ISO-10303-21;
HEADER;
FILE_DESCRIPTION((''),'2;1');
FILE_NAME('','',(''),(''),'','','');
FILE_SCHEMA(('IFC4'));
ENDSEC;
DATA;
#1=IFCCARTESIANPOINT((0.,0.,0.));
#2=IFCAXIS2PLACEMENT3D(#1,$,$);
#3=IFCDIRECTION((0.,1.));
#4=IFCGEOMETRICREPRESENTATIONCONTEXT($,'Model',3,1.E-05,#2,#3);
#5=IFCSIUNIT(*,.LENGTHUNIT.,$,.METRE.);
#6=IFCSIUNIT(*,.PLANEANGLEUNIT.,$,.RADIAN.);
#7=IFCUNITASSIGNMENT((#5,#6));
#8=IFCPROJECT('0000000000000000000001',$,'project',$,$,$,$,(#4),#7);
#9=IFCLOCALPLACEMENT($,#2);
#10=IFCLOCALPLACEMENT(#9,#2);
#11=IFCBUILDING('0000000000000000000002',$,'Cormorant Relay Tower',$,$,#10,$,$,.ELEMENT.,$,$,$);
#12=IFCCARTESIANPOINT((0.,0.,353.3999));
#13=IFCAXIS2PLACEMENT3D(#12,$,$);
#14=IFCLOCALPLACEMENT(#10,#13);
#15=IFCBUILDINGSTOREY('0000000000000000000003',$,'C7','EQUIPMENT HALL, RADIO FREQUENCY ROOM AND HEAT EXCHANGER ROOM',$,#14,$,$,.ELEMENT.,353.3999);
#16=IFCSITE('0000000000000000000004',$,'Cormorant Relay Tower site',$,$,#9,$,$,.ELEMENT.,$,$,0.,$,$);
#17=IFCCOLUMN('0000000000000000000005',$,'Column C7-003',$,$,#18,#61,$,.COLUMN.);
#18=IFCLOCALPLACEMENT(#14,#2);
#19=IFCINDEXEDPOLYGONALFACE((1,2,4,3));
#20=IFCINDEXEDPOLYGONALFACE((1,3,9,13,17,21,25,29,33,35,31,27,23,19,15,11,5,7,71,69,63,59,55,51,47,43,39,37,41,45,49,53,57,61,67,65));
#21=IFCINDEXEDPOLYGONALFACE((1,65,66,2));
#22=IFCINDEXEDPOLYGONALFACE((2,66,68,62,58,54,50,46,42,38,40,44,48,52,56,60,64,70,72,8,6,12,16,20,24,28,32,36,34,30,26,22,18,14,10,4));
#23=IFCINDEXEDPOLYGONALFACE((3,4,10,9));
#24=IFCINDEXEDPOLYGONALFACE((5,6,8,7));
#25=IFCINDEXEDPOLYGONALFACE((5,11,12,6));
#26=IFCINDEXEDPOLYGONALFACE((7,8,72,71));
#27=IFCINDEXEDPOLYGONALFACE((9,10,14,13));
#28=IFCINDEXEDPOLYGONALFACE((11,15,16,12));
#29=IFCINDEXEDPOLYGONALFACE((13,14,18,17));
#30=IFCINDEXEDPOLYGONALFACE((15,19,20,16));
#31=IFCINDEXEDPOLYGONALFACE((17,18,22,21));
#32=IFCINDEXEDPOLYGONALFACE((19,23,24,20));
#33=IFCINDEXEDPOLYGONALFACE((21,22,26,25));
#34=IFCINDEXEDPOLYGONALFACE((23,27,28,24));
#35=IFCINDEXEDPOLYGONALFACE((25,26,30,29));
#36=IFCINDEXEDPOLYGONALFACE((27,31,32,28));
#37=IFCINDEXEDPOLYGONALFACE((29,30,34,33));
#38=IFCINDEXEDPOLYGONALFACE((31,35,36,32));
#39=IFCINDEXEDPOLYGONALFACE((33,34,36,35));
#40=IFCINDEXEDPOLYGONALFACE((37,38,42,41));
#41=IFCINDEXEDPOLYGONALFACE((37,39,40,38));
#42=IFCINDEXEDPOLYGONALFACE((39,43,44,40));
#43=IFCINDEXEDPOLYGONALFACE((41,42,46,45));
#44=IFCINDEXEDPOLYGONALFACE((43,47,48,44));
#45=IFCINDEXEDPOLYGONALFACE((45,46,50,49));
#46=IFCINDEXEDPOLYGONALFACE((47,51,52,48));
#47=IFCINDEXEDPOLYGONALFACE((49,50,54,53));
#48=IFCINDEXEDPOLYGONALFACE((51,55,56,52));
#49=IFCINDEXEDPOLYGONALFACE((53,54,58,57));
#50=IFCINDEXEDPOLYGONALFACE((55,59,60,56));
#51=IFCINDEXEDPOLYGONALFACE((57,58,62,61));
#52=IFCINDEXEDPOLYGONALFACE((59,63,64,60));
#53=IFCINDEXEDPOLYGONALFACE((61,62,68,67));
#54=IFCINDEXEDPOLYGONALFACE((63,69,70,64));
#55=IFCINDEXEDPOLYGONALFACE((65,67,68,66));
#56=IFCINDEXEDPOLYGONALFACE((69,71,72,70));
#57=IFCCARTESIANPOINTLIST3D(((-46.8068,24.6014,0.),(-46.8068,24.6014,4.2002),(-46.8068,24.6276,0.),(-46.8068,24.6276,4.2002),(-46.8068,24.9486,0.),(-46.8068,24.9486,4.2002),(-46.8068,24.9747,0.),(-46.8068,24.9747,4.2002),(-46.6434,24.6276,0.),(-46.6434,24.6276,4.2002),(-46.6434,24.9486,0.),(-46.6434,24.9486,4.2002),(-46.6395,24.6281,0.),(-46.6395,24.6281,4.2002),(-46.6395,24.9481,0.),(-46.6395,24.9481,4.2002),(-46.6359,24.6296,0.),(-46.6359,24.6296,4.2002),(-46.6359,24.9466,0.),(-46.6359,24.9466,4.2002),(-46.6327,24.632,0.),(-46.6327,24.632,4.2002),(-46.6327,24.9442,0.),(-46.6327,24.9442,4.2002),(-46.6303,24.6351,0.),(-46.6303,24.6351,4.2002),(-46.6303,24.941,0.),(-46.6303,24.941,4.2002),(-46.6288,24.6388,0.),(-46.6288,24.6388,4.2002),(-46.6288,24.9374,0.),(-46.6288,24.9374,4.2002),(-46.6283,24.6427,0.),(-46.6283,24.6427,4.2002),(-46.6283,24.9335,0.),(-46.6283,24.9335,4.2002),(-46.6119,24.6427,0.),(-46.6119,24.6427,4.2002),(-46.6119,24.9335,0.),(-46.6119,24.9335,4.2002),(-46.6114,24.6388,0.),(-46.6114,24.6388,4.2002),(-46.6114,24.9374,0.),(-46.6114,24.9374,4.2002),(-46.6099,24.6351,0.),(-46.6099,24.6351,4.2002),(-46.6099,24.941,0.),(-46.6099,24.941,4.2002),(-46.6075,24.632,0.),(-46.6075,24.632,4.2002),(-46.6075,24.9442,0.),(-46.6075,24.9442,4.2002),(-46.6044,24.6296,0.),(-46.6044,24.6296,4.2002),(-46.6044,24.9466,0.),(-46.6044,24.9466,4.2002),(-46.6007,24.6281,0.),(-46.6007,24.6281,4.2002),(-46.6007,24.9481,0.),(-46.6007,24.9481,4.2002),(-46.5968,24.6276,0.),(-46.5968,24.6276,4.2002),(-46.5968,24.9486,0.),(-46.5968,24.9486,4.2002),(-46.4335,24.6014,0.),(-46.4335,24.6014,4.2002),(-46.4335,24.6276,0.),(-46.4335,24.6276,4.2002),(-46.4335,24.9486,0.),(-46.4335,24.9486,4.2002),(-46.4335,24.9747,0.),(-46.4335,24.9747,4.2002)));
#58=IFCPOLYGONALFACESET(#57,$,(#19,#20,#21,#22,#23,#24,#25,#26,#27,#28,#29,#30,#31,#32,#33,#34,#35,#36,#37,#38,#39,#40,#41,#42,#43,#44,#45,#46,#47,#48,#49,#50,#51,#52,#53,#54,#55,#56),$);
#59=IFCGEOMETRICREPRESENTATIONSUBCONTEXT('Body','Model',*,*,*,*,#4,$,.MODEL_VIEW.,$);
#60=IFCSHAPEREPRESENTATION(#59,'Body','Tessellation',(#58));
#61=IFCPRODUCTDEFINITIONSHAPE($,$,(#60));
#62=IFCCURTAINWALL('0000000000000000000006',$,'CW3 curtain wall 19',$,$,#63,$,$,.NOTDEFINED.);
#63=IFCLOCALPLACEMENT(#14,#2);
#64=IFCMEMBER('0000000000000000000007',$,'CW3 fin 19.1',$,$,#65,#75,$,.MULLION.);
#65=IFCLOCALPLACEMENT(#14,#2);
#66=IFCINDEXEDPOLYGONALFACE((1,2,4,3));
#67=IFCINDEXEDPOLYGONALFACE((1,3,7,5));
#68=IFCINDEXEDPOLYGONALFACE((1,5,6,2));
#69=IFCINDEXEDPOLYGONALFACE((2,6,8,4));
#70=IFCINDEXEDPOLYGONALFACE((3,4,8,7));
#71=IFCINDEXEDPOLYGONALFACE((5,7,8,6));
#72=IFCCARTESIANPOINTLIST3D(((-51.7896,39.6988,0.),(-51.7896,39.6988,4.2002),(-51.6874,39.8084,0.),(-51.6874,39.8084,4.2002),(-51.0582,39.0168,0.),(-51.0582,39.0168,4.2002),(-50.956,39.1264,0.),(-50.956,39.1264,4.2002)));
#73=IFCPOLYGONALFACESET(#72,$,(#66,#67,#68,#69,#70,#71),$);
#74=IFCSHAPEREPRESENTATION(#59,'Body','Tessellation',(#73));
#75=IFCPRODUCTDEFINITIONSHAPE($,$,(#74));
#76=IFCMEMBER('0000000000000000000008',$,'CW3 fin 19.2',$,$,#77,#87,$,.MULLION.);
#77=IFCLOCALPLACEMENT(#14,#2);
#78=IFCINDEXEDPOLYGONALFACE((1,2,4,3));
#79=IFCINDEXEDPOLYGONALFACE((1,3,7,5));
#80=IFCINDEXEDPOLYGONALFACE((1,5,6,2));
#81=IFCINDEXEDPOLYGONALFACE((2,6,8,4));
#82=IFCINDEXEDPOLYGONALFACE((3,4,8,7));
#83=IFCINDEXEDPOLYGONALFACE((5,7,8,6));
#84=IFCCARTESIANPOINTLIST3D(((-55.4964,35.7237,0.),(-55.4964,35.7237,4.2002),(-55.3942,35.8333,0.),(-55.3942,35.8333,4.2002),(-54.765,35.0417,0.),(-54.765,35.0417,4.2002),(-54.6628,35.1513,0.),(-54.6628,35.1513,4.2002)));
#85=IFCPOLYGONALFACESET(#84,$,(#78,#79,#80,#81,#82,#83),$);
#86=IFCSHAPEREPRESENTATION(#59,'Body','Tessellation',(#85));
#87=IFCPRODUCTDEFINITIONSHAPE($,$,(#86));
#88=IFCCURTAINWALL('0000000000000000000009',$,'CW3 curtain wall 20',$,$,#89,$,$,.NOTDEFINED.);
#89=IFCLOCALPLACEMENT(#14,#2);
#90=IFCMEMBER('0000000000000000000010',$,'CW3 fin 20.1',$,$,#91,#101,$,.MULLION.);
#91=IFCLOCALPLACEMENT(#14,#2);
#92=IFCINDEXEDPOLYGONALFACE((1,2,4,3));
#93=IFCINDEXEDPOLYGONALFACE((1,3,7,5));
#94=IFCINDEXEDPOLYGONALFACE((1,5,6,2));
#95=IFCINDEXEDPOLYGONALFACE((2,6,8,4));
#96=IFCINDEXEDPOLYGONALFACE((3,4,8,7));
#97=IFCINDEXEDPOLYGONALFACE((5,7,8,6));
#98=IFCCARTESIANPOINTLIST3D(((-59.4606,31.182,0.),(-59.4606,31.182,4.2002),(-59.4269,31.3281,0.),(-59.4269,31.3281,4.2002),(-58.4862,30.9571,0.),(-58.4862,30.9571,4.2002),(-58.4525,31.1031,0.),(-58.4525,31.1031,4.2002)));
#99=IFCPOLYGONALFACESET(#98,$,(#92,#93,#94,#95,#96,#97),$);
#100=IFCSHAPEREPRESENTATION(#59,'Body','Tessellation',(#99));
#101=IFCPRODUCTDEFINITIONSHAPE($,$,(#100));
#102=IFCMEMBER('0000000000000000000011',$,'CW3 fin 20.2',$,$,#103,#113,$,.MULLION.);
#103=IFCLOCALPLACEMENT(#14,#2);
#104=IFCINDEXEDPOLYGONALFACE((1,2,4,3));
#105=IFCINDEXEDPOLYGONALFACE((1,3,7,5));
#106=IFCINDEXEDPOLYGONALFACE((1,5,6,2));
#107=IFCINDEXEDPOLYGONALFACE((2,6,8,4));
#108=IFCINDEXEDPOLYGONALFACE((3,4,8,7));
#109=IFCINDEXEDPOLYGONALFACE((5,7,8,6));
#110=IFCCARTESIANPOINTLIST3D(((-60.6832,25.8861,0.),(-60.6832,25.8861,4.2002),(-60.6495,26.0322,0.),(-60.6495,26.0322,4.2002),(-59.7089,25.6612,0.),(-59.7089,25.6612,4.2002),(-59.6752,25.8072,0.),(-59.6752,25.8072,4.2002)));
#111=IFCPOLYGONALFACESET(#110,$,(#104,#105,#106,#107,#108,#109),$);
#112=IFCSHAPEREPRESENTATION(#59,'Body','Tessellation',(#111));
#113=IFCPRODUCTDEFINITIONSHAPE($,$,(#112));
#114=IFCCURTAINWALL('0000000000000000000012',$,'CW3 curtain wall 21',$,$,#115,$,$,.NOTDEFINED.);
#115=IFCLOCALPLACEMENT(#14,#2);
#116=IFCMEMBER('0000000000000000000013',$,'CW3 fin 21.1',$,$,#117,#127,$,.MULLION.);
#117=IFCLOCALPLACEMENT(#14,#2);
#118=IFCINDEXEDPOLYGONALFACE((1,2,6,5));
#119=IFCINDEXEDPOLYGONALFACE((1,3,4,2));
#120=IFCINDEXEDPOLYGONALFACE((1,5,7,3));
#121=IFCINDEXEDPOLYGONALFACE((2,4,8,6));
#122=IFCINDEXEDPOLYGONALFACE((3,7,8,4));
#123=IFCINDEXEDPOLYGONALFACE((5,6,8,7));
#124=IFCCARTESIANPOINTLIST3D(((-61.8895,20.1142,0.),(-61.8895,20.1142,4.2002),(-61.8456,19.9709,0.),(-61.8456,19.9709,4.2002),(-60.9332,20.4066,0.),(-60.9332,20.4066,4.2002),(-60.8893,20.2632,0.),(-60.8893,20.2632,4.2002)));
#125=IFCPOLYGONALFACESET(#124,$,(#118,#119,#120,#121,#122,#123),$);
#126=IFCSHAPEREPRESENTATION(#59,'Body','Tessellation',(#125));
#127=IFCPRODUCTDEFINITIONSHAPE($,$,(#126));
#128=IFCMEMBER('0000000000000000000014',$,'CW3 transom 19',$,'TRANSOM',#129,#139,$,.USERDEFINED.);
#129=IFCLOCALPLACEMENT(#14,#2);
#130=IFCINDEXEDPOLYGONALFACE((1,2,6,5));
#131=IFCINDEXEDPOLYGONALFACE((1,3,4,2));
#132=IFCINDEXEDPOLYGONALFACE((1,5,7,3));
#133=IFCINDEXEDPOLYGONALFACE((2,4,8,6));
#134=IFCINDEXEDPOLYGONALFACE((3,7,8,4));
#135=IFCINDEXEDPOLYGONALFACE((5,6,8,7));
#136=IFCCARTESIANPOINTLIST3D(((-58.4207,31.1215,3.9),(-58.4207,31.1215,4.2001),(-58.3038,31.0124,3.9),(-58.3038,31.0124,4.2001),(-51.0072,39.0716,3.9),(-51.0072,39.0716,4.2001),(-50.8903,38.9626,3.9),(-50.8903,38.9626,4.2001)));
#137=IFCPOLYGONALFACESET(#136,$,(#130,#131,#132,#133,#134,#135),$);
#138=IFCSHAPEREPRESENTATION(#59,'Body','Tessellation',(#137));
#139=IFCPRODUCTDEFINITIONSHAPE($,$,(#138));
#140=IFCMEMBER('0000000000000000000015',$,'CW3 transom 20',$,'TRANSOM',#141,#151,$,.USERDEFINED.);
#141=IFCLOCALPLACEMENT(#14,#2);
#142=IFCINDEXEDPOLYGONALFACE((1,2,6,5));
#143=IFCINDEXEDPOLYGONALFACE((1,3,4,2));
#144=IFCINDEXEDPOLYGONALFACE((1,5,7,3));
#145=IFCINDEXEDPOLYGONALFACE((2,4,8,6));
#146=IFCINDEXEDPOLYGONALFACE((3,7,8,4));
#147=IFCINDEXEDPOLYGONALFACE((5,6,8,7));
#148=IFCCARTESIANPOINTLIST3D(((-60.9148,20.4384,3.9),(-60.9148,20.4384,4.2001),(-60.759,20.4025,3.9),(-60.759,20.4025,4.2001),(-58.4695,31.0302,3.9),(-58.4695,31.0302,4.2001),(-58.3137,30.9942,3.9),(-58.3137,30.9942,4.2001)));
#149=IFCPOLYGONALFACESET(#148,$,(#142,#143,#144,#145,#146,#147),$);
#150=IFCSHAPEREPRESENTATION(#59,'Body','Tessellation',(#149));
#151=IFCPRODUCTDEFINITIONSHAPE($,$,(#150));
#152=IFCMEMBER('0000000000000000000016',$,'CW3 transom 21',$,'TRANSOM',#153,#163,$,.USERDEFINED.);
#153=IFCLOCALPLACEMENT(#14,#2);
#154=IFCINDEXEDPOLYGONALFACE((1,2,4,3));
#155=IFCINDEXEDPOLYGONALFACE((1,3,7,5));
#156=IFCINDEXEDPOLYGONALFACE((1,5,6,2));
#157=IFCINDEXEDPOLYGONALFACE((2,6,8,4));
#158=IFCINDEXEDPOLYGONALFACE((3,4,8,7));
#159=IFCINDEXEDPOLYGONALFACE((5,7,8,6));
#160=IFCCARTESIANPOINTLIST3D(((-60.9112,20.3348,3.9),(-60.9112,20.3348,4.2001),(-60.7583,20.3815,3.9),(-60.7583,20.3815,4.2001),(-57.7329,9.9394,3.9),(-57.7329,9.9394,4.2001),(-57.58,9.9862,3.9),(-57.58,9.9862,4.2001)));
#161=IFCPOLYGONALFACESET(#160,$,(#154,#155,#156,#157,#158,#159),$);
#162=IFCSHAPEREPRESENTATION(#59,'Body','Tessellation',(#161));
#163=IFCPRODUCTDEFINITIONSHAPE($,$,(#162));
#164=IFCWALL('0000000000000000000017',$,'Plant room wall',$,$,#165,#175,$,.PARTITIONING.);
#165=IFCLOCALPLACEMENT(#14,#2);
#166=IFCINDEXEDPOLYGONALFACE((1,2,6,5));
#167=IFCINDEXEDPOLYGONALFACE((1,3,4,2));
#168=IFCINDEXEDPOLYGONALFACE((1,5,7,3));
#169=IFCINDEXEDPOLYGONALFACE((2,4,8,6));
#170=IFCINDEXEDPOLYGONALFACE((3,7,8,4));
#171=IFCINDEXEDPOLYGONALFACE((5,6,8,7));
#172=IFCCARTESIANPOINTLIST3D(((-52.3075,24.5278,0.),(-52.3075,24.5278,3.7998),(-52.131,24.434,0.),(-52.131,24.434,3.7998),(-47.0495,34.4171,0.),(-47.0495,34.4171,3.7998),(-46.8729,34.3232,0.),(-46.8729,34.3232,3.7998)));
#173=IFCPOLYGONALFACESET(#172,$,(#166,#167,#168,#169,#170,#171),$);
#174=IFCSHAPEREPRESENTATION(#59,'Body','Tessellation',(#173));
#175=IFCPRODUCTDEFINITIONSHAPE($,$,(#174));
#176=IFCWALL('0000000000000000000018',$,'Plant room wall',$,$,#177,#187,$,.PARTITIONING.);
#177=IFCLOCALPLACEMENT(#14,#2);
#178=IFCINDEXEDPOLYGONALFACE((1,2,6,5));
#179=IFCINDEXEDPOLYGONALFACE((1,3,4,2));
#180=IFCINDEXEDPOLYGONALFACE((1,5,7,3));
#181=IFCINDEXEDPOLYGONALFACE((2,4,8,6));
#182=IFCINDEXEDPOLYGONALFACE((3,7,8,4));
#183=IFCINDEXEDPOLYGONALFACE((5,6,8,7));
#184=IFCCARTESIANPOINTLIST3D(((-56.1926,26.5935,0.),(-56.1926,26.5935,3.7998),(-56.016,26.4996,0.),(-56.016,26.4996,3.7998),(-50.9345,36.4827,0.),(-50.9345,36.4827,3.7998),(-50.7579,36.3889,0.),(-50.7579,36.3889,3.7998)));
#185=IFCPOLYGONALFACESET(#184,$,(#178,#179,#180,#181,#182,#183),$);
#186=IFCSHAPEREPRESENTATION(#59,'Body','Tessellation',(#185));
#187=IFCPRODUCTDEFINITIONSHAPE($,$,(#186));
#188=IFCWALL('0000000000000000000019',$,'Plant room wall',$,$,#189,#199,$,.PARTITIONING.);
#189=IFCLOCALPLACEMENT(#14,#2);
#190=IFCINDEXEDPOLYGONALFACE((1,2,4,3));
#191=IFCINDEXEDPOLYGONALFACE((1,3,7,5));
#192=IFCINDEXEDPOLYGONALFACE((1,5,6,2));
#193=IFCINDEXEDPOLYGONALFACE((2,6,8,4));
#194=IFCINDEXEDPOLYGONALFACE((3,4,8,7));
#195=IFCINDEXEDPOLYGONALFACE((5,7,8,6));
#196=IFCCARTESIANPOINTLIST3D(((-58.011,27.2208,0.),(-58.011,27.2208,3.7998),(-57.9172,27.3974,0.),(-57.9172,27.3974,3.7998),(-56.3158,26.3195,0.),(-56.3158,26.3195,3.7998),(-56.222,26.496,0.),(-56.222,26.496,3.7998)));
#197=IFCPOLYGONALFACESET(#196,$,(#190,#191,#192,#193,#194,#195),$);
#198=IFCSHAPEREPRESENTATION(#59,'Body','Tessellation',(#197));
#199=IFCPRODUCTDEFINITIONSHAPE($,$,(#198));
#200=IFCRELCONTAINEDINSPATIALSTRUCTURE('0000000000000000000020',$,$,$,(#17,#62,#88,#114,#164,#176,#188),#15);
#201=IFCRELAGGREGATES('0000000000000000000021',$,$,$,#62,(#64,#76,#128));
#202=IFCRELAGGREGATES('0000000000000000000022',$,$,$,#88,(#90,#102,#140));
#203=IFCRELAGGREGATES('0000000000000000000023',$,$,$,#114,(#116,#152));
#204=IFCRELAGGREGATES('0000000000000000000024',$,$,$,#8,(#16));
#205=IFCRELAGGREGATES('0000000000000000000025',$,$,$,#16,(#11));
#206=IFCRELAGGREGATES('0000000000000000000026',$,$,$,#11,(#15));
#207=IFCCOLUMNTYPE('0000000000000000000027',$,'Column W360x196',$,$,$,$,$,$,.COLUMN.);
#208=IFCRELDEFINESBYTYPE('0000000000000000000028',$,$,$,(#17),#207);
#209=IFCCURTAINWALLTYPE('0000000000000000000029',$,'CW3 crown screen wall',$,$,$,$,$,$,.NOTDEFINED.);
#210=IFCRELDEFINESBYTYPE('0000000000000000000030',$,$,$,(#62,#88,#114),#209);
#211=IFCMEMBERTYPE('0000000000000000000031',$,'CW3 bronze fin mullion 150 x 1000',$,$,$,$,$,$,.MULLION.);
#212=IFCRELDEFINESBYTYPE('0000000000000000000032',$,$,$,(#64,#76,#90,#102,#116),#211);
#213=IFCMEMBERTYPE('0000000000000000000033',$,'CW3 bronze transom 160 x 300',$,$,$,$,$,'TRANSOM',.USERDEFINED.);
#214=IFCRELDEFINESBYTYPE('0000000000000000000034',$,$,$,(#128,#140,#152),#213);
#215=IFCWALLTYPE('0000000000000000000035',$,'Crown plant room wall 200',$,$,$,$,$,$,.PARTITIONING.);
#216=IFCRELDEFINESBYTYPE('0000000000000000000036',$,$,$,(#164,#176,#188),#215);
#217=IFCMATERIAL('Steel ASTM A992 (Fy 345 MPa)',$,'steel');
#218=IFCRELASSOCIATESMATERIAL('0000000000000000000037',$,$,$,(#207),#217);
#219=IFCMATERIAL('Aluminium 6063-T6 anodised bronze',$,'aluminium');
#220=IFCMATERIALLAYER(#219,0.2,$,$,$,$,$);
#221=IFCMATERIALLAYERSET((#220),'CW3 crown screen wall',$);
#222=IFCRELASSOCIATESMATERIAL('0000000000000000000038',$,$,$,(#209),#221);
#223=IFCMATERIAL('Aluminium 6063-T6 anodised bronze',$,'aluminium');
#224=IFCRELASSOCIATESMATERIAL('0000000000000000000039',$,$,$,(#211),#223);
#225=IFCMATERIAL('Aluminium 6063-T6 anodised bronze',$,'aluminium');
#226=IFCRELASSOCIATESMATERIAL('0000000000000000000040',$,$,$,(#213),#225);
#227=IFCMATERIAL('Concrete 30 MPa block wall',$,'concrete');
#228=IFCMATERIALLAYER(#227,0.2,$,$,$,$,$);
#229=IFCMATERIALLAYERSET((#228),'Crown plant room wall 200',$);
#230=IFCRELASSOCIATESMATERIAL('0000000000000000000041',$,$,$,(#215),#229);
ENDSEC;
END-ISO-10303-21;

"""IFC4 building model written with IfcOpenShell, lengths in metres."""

from ifc_helpers import new_model, si_unit, direction, frame, frame_2d, origin, origin_2d, place, context, subcontext, project, spatial, rectangle, i_section, extrude, material, layer, layer_set, material_profile, profile_set, type_object, element, aggregate, save


model = new_model("IFC4")

# Units and contexts
model_context = context("Model", 3, precision=1e-05, world=origin(), true_north=direction((0.0, 1.0)))
body_context = subcontext(model_context, "Body", "Model", "MODEL_VIEW")
ifc_project = project(units=[si_unit("LENGTHUNIT", "METRE"), si_unit("PLANEANGLEUNIT", "RADIAN")], contexts=[model_context])

# Site, building, storey
site_placement = place(None, origin())
site = spatial("IfcSite", under=ifc_project, at=site_placement, Name="Cormorant Relay Tower site", CompositionType="ELEMENT", RefElevation=0.0)
building_placement = place(site_placement, origin())
building = spatial("IfcBuilding", under=site, at=building_placement, Name="Cormorant Relay Tower", CompositionType="ELEMENT")
storey_placement = place(building_placement, frame((0.0, 0.0, 353.3999)))
storey = spatial("IfcBuildingStorey", under=building, at=storey_placement, Name="C7", Description="EQUIPMENT HALL, RADIO FREQUENCY ROOM AND HEAT EXCHANGER ROOM", CompositionType="ELEMENT", Elevation=353.3999)

# Column
ifc_material_1 = material(Name="Steel ASTM A992 (Fy 345 MPa)", Category="steel")
ifc_material_profile_1 = material_profile(ifc_material_1, i_section(OverallWidth=0.3733, OverallDepth=0.3733, WebThickness=0.0164, FlangeThickness=0.0261, FilletRadius=0.0151, at=origin_2d()), Name="W360x196")
ifc_profile_set_1 = profile_set([ifc_material_profile_1], Name="Steel ASTM A992 (Fy 345 MPa)")
column_type = type_object("IfcColumnType", Name="Column W360x196", PredefinedType="COLUMN", material=ifc_profile_set_1)
column_placement = place(storey_placement, frame((-46.6201, 24.7881, 0.0), z_axis=(0.0, 0.0, 1.0), x_axis=(1.0, 0.0, 0.0)))
element("IfcColumn", 1, at=column_placement, inside=storey, type_object=column_type, Name="Column C7-003", PredefinedType="COLUMN", context=body_context, shape_type="SweptSolid", body=[
    extrude(i_section(OverallWidth=0.3733, OverallDepth=0.3733, WebThickness=0.0164, FlangeThickness=0.0261, FilletRadius=0.0151, at=origin_2d()), origin(), (0.0, 0.0, 1.0), 4.2002),
])

# Curtain walls, members
ifc_material_2 = material(Name="Aluminium 6063-T6 anodised bronze", Category="aluminium")
ifc_layer_1 = layer(ifc_material_2, 0.2)
ifc_layer_set_1 = layer_set([ifc_layer_1], Name="CW3 crown screen wall")
curtain_wall_type = type_object("IfcCurtainWallType", Name="CW3 crown screen wall", PredefinedType="NOTDEFINED", material=ifc_layer_set_1)
curtain_wall_1_placement = place(storey_placement, origin())
curtain_wall_1 = element("IfcCurtainWall", 2, at=curtain_wall_1_placement, inside=storey, type_object=curtain_wall_type, Name="CW3 curtain wall 19", PredefinedType="NOTDEFINED")
ifc_material_3 = material(Name="Aluminium 6063-T6 anodised bronze", Category="aluminium")
ifc_material_profile_2 = material_profile(ifc_material_3, rectangle(XDim=0.1499, YDim=1.0, at=origin_2d()), Name="AL 150x1000")
ifc_profile_set_2 = profile_set([ifc_material_profile_2], Name="Aluminium 6063-T6 anodised bronze")
member_type_1 = type_object("IfcMemberType", Name="CW3 bronze fin mullion 150 x 1000", PredefinedType="MULLION", material=ifc_profile_set_2)
member_1_placement = place(storey_placement, frame((-51.3728, 39.4126, 0.0), z_axis=(0.0, 0.0, 1.0), x_axis=(-0.681998, -0.731354, 0.0)))
member_1 = element("IfcMember", 3, at=member_1_placement, type_object=member_type_1, Name="CW3 fin 19.1", PredefinedType="MULLION", context=body_context, shape_type="SweptSolid", body=[
    extrude(rectangle(XDim=0.1499, YDim=1.0, at=origin_2d()), origin(), (0.0, 0.0, 1.0), 4.2002),
])
member_2_placement = place(storey_placement, frame((-55.0796, 35.4375, 0.0), z_axis=(0.0, 0.0, 1.0), x_axis=(-0.681998, -0.731354, 0.0)))
member_2 = element("IfcMember", 4, at=member_2_placement, type_object=member_type_1, Name="CW3 fin 19.2", PredefinedType="MULLION", context=body_context, shape_type="SweptSolid", body=[
    extrude(rectangle(XDim=0.1499, YDim=1.0, at=origin_2d()), origin(), (0.0, 0.0, 1.0), 4.2002),
])
curtain_wall_2_placement = place(storey_placement, origin())
curtain_wall_2 = element("IfcCurtainWall", 5, at=curtain_wall_2_placement, inside=storey, type_object=curtain_wall_type, Name="CW3 curtain wall 20", PredefinedType="NOTDEFINED")
member_3_placement = place(storey_placement, frame((-58.9565, 31.1426, 0.0), z_axis=(0.0, 0.0, 1.0), x_axis=(-0.224951, -0.97437, 0.0)))
member_3 = element("IfcMember", 6, at=member_3_placement, type_object=member_type_1, Name="CW3 fin 20.1", PredefinedType="MULLION", context=body_context, shape_type="SweptSolid", body=[
    extrude(rectangle(XDim=0.1499, YDim=1.0, at=origin_2d()), origin(), (0.0, 0.0, 1.0), 4.2002),
])
member_4_placement = place(storey_placement, frame((-60.1792, 25.8467, 0.0), z_axis=(0.0, 0.0, 1.0), x_axis=(-0.224951, -0.97437, 0.0)))
member_4 = element("IfcMember", 7, at=member_4_placement, type_object=member_type_1, Name="CW3 fin 20.2", PredefinedType="MULLION", context=body_context, shape_type="SweptSolid", body=[
    extrude(rectangle(XDim=0.1499, YDim=1.0, at=origin_2d()), origin(), (0.0, 0.0, 1.0), 4.2002),
])

# Curtain wall, member
curtain_wall_3_placement = place(storey_placement, origin())
curtain_wall_3 = element("IfcCurtainWall", 8, at=curtain_wall_3_placement, inside=storey, type_object=curtain_wall_type, Name="CW3 curtain wall 21", PredefinedType="NOTDEFINED")
member_5_placement = place(storey_placement, frame((-61.3894, 20.1887, 0.0), z_axis=(0.0, 0.0, 1.0), x_axis=(0.292372, -0.956305, 0.0)))
member_5 = element("IfcMember", 9, at=member_5_placement, type_object=member_type_1, Name="CW3 fin 21.1", PredefinedType="MULLION", context=body_context, shape_type="SweptSolid", body=[
    extrude(rectangle(XDim=0.1499, YDim=1.0, at=origin_2d()), origin(), (0.0, 0.0, 1.0), 4.2002),
])

# Members
ifc_material_4 = material(Name="Aluminium 6063-T6 anodised bronze", Category="aluminium")
ifc_material_profile_3 = material_profile(ifc_material_4, rectangle(XDim=0.1599, YDim=0.3, at=origin_2d()), Name="AL 160x300")
ifc_profile_set_3 = profile_set([ifc_material_profile_3], Name="Aluminium 6063-T6 anodised bronze")
member_type_2 = type_object("IfcMemberType", Name="CW3 bronze transom 160 x 300", ElementType="TRANSOM", PredefinedType="USERDEFINED", material=ifc_profile_set_3)
member_6_placement = place(storey_placement, frame((-50.9487, 39.0171, 4.05), z_axis=(-0.681993, -0.731358, 0.0), x_axis=(0.731358, -0.681993, 0.0)))
member_6 = element("IfcMember", 10, at=member_6_placement, type_object=member_type_2, Name="CW3 transom 19", ObjectType="TRANSOM", PredefinedType="USERDEFINED", context=body_context, shape_type="SweptSolid", body=[
    extrude(rectangle(XDim=0.1599, YDim=0.3, at=origin_2d()), origin(), (0.0, 0.0, 1.0), 10.8704),
])
member_7_placement = place(storey_placement, frame((-58.3916, 31.0122, 4.05), z_axis=(-0.224951, -0.97437, 0.0), x_axis=(0.97437, -0.224951, 0.0)))
member_7 = element("IfcMember", 11, at=member_7_placement, type_object=member_type_2, Name="CW3 transom 20", ObjectType="TRANSOM", PredefinedType="USERDEFINED", context=body_context, shape_type="SweptSolid", body=[
    extrude(rectangle(XDim=0.1599, YDim=0.3, at=origin_2d()), origin(), (0.0, 0.0, 1.0), 10.8704),
])
member_8_placement = place(storey_placement, frame((-60.8347, 20.3582, 4.05), z_axis=(0.292378, -0.956303, 0.0), x_axis=(0.956303, 0.292378, 0.0)))
member_8 = element("IfcMember", 12, at=member_8_placement, type_object=member_type_2, Name="CW3 transom 21", ObjectType="TRANSOM", PredefinedType="USERDEFINED", context=body_context, shape_type="SweptSolid", body=[
    extrude(rectangle(XDim=0.1599, YDim=0.3, at=origin_2d()), origin(), (0.0, 0.0, 1.0), 10.8704),
])

# Walls
ifc_material_5 = material(Name="Concrete 30 MPa block wall", Category="concrete")
ifc_layer_2 = layer(ifc_material_5, 0.2)
ifc_layer_set_2 = layer_set([ifc_layer_2], Name="Crown plant room wall 200")
wall_type_1 = type_object("IfcWallType", Name="Crown plant room wall 200", PredefinedType="PARTITIONING", material=ifc_layer_set_2)
for number, where, z_axis, x_axis, name in (
    (13, (-46.9612, 34.3701, 0.0), (0.0, 0.0, 1.0), (-0.469464, -0.882951, 0.0), "Plant room wall"),
    (14, (-50.8462, 36.4358, 0.0), (0.0, 0.0, 1.0), (-0.469464, -0.882951, 0.0), "Plant room wall"),
):
    element("IfcWall", number, at=place(storey_placement, frame(where, z_axis=z_axis, x_axis=x_axis)), inside=storey, type_object=wall_type_1, Name=name, PredefinedType="PARTITIONING", context=body_context, shape_type="SweptSolid", body=[
        extrude(rectangle(XDim=11.2002, YDim=0.2, at=frame_2d((5.6001, 0.0))), origin(), (0.0, 0.0, 1.0), 3.7998),
    ])
wall_1_placement = place(storey_placement, frame((-57.9641, 27.3091, 0.0), z_axis=(0.0, 0.0, 1.0), x_axis=(0.882958, -0.469453, 0.0)))
element("IfcWall", 15, at=wall_1_placement, inside=storey, type_object=wall_type_1, Name="Plant room wall", PredefinedType="PARTITIONING", context=body_context, shape_type="SweptSolid", body=[
    extrude(rectangle(XDim=1.9199, YDim=0.2, at=frame_2d((0.96, 0.0))), origin(), (0.0, 0.0, 1.0), 3.7998),
])

aggregate(curtain_wall_1, [member_1, member_2, member_6])
aggregate(curtain_wall_2, [member_3, member_4, member_7])
aggregate(curtain_wall_3, [member_5, member_8])

save(model, "model.ifc")
